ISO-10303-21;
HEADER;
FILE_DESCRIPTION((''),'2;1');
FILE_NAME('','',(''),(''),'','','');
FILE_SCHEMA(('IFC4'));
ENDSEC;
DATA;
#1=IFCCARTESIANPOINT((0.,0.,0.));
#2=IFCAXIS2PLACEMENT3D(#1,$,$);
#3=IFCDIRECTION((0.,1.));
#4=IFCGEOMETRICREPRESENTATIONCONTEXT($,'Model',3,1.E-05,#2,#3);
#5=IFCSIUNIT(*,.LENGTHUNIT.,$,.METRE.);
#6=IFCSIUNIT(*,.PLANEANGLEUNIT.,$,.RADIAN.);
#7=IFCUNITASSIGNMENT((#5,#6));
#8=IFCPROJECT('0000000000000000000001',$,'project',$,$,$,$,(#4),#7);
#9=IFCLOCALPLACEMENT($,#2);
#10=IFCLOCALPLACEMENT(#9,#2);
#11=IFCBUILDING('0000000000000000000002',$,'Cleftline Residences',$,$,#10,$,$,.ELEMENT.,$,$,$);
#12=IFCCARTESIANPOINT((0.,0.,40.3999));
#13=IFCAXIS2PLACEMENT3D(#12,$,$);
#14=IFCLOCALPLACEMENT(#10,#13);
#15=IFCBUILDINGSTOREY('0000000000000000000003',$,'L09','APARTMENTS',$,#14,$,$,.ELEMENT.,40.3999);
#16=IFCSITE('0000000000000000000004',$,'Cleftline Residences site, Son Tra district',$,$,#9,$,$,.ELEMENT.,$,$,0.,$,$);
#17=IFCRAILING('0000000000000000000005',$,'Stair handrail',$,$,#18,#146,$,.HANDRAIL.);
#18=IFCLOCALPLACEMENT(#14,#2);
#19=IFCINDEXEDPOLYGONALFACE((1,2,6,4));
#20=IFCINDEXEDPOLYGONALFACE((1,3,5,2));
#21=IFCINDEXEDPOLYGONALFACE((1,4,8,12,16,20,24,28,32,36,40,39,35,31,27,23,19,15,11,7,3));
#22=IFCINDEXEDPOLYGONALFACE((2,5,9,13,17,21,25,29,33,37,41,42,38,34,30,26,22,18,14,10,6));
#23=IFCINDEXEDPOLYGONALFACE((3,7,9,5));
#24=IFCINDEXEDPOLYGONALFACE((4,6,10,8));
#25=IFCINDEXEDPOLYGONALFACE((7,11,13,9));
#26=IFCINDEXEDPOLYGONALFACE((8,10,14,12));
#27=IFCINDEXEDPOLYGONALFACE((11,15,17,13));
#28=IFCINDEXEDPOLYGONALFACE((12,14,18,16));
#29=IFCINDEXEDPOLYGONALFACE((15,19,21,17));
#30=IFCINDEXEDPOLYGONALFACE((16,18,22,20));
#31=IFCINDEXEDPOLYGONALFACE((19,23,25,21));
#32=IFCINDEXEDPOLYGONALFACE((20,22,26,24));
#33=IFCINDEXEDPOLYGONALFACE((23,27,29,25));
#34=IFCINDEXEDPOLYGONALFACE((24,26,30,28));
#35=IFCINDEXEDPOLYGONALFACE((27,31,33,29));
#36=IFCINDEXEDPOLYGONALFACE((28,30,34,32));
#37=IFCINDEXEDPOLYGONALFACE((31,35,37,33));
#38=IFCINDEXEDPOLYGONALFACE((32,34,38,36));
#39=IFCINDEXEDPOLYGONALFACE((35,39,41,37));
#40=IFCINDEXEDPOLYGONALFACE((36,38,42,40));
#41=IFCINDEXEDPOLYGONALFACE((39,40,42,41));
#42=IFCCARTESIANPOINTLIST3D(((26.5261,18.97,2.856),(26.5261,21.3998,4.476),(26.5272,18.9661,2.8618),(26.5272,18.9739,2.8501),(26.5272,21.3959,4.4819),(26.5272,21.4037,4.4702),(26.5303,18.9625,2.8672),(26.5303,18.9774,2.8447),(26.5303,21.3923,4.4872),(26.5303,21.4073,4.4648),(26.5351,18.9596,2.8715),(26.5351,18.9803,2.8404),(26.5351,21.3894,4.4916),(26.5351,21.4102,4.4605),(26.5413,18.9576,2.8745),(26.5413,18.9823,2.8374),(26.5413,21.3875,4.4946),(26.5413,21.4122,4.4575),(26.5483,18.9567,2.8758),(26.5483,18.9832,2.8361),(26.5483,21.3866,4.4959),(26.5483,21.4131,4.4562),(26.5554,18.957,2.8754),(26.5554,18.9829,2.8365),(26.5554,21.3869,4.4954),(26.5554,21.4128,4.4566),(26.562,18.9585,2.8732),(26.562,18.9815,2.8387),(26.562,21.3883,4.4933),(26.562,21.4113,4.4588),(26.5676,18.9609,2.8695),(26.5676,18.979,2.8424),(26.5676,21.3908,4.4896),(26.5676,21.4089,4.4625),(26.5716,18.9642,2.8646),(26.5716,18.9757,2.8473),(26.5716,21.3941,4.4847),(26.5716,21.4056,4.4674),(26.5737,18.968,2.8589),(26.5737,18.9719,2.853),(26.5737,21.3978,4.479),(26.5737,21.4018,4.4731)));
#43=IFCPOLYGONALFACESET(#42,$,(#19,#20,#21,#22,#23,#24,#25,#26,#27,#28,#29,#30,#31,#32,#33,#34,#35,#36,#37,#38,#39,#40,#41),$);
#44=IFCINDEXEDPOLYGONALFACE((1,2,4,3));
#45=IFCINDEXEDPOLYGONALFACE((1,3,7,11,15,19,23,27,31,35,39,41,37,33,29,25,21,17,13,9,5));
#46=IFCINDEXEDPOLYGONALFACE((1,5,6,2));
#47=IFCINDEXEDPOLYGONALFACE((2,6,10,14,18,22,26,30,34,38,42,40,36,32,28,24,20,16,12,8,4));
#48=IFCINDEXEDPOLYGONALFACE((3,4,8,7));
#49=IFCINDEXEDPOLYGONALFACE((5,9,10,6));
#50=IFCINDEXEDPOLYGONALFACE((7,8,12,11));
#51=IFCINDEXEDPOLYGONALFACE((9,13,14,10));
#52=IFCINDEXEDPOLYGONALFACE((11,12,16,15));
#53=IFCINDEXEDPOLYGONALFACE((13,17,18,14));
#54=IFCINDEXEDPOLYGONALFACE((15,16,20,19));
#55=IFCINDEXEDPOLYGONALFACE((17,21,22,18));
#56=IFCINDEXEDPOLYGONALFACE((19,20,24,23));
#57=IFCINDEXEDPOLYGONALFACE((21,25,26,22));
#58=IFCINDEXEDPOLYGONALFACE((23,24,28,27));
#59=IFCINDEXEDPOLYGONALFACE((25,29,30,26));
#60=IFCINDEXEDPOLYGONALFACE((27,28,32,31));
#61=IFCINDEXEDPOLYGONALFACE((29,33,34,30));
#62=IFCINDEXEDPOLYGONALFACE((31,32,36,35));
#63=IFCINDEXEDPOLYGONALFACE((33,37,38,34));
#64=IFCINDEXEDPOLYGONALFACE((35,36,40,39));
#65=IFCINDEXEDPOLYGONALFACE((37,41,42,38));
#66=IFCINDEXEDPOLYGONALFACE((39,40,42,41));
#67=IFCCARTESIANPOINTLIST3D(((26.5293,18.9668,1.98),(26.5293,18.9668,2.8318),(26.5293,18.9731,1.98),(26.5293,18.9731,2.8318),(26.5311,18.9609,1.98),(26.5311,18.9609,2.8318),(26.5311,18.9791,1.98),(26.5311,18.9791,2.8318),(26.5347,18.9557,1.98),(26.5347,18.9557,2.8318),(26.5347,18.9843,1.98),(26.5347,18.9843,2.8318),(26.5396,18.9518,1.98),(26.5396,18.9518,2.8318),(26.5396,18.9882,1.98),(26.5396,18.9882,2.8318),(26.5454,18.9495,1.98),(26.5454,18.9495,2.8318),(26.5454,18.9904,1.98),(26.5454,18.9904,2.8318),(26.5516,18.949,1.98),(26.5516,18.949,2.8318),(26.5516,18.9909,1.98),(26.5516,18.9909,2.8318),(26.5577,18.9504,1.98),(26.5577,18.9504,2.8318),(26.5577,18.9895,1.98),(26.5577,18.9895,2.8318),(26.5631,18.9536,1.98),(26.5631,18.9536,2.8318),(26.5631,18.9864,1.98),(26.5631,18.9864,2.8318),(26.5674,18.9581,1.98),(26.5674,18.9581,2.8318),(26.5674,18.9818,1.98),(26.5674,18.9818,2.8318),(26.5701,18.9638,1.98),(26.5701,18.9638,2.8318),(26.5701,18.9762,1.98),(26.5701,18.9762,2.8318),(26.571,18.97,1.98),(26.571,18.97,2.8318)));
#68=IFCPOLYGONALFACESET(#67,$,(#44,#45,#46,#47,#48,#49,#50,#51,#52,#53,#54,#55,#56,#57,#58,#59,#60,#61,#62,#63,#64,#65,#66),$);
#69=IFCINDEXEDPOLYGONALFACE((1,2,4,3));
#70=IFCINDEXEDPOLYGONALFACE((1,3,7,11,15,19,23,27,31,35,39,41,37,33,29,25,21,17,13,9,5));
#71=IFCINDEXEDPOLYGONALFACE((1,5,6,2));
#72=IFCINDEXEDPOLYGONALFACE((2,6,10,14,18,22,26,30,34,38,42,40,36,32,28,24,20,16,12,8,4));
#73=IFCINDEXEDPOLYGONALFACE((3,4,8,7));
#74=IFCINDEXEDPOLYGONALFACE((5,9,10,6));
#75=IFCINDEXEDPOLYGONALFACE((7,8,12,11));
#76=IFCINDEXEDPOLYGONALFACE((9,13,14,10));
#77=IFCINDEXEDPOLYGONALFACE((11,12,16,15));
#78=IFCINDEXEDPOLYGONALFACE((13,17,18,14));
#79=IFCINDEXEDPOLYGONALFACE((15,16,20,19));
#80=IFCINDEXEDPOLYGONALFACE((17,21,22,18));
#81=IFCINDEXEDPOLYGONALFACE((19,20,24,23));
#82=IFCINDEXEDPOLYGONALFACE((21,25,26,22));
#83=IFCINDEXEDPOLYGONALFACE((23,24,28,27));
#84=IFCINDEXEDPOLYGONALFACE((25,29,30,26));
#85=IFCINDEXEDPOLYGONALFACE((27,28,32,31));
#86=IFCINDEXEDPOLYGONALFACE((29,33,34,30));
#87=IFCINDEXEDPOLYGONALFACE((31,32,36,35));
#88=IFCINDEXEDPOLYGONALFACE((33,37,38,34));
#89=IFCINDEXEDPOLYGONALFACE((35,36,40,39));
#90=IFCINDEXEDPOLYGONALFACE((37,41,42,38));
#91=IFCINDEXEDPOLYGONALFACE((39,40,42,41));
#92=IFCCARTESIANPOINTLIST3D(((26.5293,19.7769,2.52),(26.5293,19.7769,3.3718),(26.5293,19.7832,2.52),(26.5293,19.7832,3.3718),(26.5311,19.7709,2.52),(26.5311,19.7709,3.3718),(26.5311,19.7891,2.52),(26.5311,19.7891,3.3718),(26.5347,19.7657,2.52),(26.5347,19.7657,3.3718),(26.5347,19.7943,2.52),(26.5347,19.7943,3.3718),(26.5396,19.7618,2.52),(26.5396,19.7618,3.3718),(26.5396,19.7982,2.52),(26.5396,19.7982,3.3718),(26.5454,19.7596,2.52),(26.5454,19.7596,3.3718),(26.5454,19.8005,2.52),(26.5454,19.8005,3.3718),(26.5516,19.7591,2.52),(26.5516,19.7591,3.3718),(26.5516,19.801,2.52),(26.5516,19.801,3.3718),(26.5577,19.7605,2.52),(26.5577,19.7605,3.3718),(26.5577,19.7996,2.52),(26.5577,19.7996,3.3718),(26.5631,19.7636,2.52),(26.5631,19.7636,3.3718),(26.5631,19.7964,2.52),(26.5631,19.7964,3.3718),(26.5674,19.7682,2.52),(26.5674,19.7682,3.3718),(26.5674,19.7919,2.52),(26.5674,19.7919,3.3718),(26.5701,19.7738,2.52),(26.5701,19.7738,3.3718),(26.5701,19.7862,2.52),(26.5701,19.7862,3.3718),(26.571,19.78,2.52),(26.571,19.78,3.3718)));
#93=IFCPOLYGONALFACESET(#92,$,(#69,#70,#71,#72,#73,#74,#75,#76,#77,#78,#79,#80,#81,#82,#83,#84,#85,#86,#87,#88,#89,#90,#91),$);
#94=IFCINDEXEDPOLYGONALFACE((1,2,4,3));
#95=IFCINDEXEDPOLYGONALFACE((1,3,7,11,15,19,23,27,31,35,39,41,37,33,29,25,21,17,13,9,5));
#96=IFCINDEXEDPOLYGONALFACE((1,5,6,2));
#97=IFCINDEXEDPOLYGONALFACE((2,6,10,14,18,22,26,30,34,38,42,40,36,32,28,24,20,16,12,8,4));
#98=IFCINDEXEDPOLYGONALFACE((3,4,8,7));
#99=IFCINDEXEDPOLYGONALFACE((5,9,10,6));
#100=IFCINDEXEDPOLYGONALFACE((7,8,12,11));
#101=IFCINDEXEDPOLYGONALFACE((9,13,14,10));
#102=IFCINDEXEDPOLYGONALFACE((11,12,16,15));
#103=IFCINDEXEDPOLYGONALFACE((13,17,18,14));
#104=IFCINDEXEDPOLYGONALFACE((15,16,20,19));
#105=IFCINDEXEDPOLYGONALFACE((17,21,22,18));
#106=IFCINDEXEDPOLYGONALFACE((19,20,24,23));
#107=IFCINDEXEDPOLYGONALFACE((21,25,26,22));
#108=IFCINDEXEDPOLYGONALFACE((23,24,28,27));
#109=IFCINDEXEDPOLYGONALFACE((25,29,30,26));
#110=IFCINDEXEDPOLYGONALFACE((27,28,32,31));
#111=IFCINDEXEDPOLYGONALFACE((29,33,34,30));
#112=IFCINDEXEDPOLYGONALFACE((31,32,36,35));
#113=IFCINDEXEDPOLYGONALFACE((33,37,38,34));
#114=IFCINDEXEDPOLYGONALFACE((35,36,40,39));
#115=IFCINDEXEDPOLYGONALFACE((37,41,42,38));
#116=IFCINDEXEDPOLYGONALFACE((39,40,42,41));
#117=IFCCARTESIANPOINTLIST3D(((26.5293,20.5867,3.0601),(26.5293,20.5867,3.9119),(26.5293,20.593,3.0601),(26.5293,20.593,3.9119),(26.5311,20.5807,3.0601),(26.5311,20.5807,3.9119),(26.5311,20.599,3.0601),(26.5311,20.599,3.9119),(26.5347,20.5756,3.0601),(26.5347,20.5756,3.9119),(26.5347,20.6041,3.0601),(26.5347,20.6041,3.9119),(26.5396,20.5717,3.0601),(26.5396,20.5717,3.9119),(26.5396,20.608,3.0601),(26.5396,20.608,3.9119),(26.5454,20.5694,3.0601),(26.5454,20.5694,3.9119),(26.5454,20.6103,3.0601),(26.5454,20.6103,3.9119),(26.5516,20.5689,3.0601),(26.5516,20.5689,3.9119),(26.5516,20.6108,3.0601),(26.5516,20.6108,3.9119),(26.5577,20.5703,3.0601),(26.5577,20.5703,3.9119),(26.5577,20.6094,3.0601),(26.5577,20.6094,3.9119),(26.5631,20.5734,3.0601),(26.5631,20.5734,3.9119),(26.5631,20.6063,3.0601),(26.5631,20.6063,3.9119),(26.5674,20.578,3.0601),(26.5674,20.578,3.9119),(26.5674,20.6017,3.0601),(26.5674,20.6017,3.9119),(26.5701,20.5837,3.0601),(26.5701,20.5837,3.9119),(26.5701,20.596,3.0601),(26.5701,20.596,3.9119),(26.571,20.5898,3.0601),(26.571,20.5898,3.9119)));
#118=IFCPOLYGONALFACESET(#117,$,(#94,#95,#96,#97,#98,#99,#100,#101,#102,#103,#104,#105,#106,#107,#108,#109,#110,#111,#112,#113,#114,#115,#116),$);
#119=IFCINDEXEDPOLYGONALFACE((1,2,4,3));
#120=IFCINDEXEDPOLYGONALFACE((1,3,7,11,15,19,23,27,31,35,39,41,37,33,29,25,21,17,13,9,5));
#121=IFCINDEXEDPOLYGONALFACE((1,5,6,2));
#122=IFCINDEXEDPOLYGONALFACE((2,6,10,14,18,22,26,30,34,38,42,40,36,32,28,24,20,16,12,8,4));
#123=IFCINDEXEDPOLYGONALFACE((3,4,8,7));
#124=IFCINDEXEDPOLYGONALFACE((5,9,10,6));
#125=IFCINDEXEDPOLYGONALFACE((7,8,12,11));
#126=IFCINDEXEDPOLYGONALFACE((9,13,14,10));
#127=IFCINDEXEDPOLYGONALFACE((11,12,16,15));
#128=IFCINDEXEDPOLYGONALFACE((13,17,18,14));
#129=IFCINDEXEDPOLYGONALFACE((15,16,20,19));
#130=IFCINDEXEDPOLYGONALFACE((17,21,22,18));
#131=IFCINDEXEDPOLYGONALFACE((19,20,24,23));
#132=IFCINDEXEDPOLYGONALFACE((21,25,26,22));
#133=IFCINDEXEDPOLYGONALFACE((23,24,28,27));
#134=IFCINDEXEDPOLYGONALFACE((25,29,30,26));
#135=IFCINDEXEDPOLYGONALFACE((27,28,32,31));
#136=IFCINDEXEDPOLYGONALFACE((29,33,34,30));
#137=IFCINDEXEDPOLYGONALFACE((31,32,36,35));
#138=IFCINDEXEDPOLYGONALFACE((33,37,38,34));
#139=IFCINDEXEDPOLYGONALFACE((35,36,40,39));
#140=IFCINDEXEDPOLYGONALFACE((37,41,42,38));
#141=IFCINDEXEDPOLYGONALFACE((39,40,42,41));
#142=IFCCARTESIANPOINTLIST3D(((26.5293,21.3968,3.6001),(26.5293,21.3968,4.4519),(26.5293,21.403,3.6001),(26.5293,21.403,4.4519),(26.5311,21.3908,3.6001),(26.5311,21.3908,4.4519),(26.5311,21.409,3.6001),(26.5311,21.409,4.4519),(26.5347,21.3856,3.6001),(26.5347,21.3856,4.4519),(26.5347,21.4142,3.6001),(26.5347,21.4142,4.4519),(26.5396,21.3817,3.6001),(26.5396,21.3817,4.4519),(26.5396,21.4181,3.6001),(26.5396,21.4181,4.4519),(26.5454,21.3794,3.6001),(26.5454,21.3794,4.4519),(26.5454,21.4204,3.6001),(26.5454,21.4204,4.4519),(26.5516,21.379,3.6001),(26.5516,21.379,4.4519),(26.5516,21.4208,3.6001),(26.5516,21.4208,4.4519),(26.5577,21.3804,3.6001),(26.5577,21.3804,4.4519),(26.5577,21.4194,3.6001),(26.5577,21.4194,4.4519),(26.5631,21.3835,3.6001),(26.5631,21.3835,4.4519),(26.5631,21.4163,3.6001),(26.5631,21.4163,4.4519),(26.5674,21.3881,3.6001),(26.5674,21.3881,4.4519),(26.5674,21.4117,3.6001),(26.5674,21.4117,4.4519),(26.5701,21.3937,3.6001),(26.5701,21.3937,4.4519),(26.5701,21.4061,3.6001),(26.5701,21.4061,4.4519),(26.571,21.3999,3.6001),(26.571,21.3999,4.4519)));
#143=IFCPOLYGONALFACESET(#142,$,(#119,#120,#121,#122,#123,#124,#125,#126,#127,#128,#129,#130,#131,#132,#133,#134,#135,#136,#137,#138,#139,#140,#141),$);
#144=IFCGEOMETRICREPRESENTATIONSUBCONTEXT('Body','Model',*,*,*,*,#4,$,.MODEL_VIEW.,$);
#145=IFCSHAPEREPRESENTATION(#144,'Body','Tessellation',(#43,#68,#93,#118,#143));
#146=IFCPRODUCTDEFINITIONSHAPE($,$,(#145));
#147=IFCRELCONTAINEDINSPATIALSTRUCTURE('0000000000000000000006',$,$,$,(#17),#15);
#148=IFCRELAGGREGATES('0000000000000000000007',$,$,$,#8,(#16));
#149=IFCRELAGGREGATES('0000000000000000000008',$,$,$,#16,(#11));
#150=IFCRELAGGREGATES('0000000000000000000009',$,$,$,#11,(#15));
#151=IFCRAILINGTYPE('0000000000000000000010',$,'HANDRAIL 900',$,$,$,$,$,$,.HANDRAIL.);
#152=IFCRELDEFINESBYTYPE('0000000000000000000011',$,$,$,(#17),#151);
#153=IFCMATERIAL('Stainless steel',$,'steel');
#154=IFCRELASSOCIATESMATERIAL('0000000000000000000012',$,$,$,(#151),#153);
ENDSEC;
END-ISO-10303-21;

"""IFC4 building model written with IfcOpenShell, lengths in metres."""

from ifc_helpers import new_model, si_unit, direction, frame, origin, origin_2d, place, context, subcontext, project, spatial, circle, extrude, material, type_object, element, save


model = new_model("IFC4")

# Units and contexts
model_context = context("Model", 3, precision=1e-05, world=origin(), true_north=direction((0.0, 1.0)))
body_context = subcontext(model_context, "Body", "Model", "MODEL_VIEW")
ifc_project = project(units=[si_unit("LENGTHUNIT", "METRE"), si_unit("PLANEANGLEUNIT", "RADIAN")], contexts=[model_context])

# Site, building, storey
site_placement = place(None, origin())
site = spatial("IfcSite", under=ifc_project, at=site_placement, Name="Cleftline Residences site, Son Tra district", CompositionType="ELEMENT", RefElevation=0.0)
building_placement = place(site_placement, origin())
building = spatial("IfcBuilding", under=site, at=building_placement, Name="Cleftline Residences", CompositionType="ELEMENT")
storey_placement = place(building_placement, frame((0.0, 0.0, 40.3999)))
storey = spatial("IfcBuildingStorey", under=building, at=storey_placement, Name="L09", Description="APARTMENTS", CompositionType="ELEMENT", Elevation=40.3999)

# Railing
ifc_material_1 = material(Name="Stainless steel", Category="steel")
railing_type = type_object("IfcRailingType", Name="HANDRAIL 900", PredefinedType="HANDRAIL", material=ifc_material_1)
railing_1_placement = place(storey_placement, frame((26.55, 18.97, 1.98)))
element("IfcRailing", 1, at=railing_1_placement, inside=storey, type_object=railing_type, Name="Stair handrail", PredefinedType="HANDRAIL", context=body_context, shape_type="SweptSolid", body=[
    extrude(circle(Radius=0.0239, at=origin_2d()), frame((0.0, 0.0, 0.876), z_axis=(0.0, 0.832025, 0.554739), x_axis=(-1.0, 0.0, 0.0)), (0.0, 0.0, 1.0), 2.9204),
    extrude(circle(Radius=0.021, at=origin_2d()), origin(), (0.0, 0.0, 1.0), 0.8518),
    extrude(circle(Radius=0.021, at=origin_2d()), frame((0.0, 0.8101, 0.54)), (0.0, 0.0, 1.0), 0.8518),
    extrude(circle(Radius=0.021, at=origin_2d()), frame((0.0, 1.6199, 1.0801)), (0.0, 0.0, 1.0), 0.8518),
    extrude(circle(Radius=0.021, at=origin_2d()), frame((0.0, 2.4299, 1.6201)), (0.0, 0.0, 1.0), 0.8518),
])

save(model, "model.ifc")
